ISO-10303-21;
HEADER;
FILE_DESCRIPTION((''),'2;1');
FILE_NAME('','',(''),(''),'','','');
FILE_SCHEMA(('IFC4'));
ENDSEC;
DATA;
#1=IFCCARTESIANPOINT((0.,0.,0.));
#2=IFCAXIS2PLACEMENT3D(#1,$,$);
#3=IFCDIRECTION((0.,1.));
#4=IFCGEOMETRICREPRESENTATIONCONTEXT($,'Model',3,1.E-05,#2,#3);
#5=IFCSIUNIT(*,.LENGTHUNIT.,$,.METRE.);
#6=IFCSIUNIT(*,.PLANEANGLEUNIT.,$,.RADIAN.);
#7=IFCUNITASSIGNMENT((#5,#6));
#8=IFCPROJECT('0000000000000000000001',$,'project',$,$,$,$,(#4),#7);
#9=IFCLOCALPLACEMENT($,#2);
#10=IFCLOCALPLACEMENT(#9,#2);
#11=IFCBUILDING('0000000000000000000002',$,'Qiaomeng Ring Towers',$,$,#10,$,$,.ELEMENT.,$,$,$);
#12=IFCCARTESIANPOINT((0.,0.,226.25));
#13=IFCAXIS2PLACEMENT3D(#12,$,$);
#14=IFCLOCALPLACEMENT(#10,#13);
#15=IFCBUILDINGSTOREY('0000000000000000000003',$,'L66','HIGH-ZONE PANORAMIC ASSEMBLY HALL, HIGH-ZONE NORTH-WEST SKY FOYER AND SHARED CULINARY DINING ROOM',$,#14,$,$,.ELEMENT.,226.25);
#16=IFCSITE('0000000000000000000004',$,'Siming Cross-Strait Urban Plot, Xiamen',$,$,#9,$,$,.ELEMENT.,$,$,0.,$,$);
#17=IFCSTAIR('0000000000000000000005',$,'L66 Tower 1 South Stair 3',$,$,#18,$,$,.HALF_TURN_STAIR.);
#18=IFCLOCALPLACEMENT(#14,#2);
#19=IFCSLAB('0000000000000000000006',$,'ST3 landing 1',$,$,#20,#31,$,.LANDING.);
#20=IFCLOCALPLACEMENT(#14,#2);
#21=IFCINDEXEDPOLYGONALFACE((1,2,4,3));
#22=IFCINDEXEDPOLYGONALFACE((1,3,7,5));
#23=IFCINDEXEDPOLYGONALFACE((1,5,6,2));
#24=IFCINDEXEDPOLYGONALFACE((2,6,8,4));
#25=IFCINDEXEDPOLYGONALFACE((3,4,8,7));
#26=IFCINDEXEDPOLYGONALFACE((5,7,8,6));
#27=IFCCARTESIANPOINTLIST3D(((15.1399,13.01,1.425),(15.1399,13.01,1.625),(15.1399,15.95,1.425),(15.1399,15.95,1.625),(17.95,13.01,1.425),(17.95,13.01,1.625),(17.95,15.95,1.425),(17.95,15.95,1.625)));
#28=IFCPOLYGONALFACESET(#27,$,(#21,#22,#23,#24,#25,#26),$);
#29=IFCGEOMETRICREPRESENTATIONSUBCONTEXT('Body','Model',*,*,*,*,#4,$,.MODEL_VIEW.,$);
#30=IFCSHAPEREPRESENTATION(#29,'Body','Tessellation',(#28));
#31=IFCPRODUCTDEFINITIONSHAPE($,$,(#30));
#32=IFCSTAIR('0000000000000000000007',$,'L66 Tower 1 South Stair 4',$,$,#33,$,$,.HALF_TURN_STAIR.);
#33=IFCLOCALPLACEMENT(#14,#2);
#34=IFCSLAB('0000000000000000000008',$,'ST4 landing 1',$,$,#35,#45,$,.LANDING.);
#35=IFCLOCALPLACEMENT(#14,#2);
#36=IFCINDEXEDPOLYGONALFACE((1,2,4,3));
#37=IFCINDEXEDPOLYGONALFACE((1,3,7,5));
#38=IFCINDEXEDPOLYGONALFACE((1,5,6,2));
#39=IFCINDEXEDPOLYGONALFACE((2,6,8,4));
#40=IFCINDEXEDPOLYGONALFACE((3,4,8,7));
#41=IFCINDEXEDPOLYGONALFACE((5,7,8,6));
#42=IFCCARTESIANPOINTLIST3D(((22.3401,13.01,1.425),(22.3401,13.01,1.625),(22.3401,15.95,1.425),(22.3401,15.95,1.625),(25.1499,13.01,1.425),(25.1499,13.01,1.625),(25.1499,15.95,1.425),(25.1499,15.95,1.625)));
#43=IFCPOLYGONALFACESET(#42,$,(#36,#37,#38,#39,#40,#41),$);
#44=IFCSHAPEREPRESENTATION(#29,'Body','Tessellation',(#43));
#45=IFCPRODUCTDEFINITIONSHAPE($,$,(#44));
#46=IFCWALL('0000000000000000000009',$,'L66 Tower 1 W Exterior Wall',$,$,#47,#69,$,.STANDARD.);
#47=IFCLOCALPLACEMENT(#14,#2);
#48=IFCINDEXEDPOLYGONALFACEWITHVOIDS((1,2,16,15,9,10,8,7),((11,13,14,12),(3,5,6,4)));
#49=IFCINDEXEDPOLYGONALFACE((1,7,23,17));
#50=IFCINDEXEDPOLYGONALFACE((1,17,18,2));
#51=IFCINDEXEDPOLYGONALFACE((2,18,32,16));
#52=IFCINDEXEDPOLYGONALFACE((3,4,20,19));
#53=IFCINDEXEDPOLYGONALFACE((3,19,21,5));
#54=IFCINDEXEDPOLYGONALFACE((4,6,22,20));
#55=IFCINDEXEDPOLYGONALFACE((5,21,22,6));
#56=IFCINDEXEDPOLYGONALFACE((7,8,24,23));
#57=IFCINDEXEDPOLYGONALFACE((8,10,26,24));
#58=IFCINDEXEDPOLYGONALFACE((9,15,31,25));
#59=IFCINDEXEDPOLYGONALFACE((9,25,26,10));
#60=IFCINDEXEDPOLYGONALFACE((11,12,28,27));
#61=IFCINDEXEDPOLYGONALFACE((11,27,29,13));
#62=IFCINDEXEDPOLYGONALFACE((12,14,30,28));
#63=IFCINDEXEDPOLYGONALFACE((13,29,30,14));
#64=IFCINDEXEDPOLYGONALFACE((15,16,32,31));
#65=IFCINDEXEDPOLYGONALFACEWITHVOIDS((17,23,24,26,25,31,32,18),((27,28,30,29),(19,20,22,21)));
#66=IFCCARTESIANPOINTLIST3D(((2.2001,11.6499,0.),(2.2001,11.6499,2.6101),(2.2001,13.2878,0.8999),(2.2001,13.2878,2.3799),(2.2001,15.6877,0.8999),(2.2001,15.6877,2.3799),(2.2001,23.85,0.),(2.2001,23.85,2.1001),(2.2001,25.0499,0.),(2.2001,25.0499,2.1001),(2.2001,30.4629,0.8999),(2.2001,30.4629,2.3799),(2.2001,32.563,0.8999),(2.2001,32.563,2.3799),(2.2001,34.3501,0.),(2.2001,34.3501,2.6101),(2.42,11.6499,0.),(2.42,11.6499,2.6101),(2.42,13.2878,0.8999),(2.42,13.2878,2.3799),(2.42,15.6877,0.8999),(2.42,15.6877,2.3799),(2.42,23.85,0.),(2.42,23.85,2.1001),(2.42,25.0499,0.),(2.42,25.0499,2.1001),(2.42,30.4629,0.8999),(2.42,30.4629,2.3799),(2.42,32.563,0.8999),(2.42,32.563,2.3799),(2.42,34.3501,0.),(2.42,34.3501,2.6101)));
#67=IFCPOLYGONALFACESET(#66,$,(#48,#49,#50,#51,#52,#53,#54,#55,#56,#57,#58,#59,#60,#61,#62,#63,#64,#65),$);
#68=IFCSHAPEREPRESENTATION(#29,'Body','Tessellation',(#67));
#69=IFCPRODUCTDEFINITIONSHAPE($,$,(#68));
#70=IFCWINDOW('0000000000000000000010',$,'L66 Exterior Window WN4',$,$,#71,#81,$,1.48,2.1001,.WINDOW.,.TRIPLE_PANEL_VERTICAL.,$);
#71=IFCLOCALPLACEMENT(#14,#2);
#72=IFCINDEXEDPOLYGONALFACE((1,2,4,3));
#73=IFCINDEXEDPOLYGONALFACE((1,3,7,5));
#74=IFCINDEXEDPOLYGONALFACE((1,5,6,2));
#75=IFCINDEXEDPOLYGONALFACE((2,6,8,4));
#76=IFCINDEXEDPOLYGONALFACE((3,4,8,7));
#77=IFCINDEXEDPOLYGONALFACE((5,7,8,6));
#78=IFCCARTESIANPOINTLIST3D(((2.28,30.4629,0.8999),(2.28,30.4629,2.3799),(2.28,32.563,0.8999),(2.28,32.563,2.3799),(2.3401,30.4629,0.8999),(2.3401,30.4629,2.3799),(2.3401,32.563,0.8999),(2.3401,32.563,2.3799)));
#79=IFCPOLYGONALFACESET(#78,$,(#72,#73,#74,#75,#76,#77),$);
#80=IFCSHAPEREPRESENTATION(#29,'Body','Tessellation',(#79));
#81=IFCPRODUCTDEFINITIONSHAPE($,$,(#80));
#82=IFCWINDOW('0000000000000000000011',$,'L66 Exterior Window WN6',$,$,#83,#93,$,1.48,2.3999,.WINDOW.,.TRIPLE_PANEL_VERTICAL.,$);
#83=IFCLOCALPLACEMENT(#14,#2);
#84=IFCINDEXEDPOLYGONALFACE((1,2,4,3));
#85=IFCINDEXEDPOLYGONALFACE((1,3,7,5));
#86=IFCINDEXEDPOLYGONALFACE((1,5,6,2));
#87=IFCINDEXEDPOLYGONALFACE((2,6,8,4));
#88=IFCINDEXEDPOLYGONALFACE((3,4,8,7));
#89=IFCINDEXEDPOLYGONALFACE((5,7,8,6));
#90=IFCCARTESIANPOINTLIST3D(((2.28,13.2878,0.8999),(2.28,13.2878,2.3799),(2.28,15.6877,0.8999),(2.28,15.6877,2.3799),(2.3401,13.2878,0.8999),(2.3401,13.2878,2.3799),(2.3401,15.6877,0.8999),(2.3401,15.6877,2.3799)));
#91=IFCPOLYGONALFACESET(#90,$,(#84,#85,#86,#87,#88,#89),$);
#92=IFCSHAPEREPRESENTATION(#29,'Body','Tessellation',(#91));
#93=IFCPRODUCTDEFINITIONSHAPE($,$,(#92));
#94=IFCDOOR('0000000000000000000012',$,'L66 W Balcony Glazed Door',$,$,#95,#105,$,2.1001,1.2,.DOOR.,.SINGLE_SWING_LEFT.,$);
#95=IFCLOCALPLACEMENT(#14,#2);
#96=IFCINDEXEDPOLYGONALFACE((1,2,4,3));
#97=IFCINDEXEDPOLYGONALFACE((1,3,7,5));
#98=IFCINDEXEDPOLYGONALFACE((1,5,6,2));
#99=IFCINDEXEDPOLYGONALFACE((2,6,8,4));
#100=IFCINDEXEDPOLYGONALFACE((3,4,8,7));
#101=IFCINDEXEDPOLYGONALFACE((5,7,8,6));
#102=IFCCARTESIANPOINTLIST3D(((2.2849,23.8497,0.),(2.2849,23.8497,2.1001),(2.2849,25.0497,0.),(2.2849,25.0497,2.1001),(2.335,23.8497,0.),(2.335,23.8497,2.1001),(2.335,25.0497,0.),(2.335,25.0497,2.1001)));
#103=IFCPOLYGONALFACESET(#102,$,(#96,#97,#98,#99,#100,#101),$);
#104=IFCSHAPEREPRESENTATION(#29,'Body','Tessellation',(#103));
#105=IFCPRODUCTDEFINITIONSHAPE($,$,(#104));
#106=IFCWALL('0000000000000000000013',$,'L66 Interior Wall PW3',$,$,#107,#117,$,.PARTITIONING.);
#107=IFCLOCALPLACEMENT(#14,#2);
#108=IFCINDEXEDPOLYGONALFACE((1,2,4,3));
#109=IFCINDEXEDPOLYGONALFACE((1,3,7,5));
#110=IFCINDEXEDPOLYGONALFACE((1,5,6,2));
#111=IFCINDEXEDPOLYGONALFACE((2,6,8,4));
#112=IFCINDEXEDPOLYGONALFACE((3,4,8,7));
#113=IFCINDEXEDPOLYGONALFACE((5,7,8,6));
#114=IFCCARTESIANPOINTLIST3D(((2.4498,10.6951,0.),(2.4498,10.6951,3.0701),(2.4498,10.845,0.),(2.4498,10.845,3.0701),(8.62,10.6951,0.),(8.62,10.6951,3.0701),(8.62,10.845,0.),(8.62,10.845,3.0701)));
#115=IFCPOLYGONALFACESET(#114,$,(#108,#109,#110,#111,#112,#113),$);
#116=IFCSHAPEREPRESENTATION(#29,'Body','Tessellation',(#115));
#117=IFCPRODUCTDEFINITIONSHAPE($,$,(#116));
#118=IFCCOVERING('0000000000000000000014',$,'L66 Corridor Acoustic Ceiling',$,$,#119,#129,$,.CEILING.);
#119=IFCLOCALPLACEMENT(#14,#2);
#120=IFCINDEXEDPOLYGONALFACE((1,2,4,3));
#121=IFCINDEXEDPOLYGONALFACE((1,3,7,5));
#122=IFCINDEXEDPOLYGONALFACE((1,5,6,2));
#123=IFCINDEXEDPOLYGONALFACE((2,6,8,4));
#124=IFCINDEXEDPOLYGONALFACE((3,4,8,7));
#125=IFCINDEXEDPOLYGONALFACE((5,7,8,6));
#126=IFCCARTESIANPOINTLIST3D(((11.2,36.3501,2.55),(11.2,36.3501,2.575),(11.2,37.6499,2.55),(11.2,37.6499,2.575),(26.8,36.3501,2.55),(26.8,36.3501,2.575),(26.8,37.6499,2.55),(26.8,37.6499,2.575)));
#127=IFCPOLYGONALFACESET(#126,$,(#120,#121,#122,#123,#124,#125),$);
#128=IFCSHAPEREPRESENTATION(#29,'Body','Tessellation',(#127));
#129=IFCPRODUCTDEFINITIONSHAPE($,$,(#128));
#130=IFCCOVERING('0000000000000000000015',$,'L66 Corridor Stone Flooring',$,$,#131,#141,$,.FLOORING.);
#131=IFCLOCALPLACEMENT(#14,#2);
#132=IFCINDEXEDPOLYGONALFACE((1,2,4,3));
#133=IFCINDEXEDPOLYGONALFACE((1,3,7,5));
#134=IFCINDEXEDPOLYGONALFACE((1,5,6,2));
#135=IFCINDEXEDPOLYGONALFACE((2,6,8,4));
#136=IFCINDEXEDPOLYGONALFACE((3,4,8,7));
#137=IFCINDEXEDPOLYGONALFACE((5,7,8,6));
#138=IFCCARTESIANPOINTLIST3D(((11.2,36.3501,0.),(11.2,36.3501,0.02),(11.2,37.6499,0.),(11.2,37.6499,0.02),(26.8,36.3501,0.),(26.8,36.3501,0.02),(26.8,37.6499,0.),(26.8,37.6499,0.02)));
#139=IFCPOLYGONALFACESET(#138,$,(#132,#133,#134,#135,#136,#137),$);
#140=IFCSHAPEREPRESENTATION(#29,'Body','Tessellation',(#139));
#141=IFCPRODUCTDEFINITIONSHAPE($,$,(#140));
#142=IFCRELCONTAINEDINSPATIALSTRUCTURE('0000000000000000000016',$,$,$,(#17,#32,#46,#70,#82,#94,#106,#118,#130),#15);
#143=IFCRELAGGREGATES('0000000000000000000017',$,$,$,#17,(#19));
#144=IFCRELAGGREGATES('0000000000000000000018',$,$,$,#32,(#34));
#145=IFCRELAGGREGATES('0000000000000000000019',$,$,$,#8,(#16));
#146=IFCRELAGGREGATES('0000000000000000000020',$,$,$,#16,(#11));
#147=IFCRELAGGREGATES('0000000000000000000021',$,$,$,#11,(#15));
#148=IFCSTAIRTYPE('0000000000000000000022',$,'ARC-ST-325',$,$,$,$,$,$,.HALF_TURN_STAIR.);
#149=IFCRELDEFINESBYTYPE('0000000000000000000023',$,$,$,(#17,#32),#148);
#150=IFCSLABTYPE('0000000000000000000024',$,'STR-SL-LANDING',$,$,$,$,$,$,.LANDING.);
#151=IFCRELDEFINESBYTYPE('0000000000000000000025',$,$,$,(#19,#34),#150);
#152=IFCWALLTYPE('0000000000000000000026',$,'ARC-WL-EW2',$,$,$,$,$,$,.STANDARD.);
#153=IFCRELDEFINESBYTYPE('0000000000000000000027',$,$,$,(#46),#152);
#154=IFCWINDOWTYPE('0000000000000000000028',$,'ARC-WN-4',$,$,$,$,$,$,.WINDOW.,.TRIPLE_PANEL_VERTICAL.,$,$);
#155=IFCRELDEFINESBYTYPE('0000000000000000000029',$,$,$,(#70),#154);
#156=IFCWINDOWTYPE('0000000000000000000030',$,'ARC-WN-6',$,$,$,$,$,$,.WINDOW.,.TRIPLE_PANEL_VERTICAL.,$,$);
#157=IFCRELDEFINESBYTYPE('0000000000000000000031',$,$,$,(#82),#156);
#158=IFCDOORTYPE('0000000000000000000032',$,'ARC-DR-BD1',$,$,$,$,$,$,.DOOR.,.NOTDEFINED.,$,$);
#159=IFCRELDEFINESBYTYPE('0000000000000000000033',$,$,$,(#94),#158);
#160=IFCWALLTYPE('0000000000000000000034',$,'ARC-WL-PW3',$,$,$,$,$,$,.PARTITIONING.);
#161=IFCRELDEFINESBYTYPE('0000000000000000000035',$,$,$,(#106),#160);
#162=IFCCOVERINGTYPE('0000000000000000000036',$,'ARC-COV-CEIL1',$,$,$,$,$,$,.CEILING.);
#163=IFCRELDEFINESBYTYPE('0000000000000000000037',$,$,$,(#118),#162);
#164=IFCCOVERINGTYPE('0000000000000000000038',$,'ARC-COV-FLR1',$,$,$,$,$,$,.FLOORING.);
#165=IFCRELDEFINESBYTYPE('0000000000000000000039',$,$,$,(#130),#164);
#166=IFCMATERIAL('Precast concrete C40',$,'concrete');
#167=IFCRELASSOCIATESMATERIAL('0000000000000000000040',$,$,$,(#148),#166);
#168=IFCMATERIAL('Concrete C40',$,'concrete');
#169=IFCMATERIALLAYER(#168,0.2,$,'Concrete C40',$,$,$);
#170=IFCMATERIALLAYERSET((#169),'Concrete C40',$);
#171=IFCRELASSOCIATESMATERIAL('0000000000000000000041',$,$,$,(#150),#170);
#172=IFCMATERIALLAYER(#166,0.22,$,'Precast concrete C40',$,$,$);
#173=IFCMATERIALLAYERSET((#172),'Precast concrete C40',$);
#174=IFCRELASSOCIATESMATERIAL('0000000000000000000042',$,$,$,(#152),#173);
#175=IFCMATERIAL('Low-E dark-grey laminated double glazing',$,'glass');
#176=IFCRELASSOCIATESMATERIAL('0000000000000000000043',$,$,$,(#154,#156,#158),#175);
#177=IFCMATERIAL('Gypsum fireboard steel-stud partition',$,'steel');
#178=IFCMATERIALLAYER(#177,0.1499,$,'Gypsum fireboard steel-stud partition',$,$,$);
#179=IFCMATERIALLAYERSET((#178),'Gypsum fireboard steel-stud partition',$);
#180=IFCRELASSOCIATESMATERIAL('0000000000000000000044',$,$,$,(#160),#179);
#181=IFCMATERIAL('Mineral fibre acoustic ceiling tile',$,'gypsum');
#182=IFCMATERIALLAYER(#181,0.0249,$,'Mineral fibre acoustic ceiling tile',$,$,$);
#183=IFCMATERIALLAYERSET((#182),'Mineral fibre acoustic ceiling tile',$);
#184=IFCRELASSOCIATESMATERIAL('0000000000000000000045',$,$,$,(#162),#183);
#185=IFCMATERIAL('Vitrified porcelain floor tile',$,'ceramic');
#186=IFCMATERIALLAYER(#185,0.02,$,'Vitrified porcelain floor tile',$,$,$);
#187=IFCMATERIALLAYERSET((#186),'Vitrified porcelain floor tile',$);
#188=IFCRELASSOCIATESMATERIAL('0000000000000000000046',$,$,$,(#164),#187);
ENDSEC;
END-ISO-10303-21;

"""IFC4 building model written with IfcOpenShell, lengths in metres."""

from ifc_helpers import new_model, si_unit, direction, frame, frame_2d, origin, place, context, subcontext, project, spatial, polyline, rectangle, outline, extrude, source, transform, mapped, material, layer, layer_set, type_object, element, fill, aggregate, save


model = new_model("IFC4")

# Units and contexts
model_context = context("Model", 3, precision=1e-05, world=origin(), true_north=direction((0.0, 1.0)))
body_context = subcontext(model_context, "Body", "Model", "MODEL_VIEW")
ifc_project = project(units=[si_unit("LENGTHUNIT", "METRE"), si_unit("PLANEANGLEUNIT", "RADIAN")], contexts=[model_context])

# Site, building, storey
site_placement = place(None, origin())
site = spatial("IfcSite", under=ifc_project, at=site_placement, Name="Siming Cross-Strait Urban Plot, Xiamen", CompositionType="ELEMENT", RefElevation=0.0)
building_placement = place(site_placement, origin())
building = spatial("IfcBuilding", under=site, at=building_placement, Name="Qiaomeng Ring Towers", CompositionType="ELEMENT")
storey_placement = place(building_placement, frame((0.0, 0.0, 226.25)))
storey = spatial("IfcBuildingStorey", under=building, at=storey_placement, Name="L66", Description="HIGH-ZONE PANORAMIC ASSEMBLY HALL, HIGH-ZONE NORTH-WEST SKY FOYER AND SHARED CULINARY DINING ROOM", CompositionType="ELEMENT", Elevation=226.25)

# Shared definitions
ifc_material_1 = material(Name="Concrete C40", Category="concrete")

# Stairs, slabs
ifc_material_2 = material(Name="Precast concrete C40", Category="concrete")
stair_type = type_object("IfcStairType", Name="ARC-ST-325", PredefinedType="HALF_TURN_STAIR", material=ifc_material_2)
ifc_layer_1 = layer(ifc_material_1, 0.2, Name="Concrete C40")
ifc_layer_set_1 = layer_set([ifc_layer_1], Name="Concrete C40")
slab_type_1 = type_object("IfcSlabType", Name="STR-SL-LANDING", PredefinedType="LANDING", material=ifc_layer_set_1)
stair_1_placement = place(storey_placement, origin())
stair_1 = element("IfcStair", 1, at=stair_1_placement, inside=storey, type_object=stair_type, Name="L66 Tower 1 South Stair 3", PredefinedType="HALF_TURN_STAIR")
slab_1_placement = place(storey_placement, frame((0.0, 0.0, 1.425)))
slab_1 = element("IfcSlab", 2, at=slab_1_placement, type_object=slab_type_1, Name="ST3 landing 1", PredefinedType="LANDING", context=body_context, shape_type="SweptSolid", body=[
    extrude(outline(polyline([(15.1399, 13.01), (17.95, 13.01), (17.95, 15.95), (15.1399, 15.95), (15.1399, 13.01)])), origin(), (0.0, 0.0, 1.0), 0.2),
])
aggregate(stair_1, [slab_1])
stair_2_placement = place(storey_placement, origin())
stair_2 = element("IfcStair", 3, at=stair_2_placement, inside=storey, type_object=stair_type, Name="L66 Tower 1 South Stair 4", PredefinedType="HALF_TURN_STAIR")
slab_2_placement = place(storey_placement, frame((0.0, 0.0, 1.425)))
slab_2 = element("IfcSlab", 4, at=slab_2_placement, type_object=slab_type_1, Name="ST4 landing 1", PredefinedType="LANDING", context=body_context, shape_type="SweptSolid", body=[
    extrude(outline(polyline([(22.3401, 13.01), (25.1499, 13.01), (25.1499, 15.95), (22.3401, 15.95), (22.3401, 13.01)])), origin(), (0.0, 0.0, 1.0), 0.2),
])
aggregate(stair_2, [slab_2])

# Wall, openings, windows, door
ifc_layer_2 = layer(ifc_material_2, 0.22, Name="Precast concrete C40")
ifc_layer_set_2 = layer_set([ifc_layer_2], Name="Precast concrete C40")
wall_type_1 = type_object("IfcWallType", Name="ARC-WL-EW2", PredefinedType="STANDARD", material=ifc_layer_set_2)
wall_1_placement = place(storey_placement, frame((2.3101, 11.6499, 0.0), z_axis=(0.0, 0.0, 1.0), x_axis=(0.0, 1.0, 0.0)))
wall_1 = element("IfcWall", 5, at=wall_1_placement, inside=storey, type_object=wall_type_1, Name="L66 Tower 1 W Exterior Wall", PredefinedType="STANDARD", context=body_context, shape_type="SweptSolid", body=[
    extrude(rectangle(XDim=22.7002, YDim=0.22, at=frame_2d((11.3501, 0.0))), origin(), (0.0, 0.0, 1.0), 2.6101),
])
opening_1_placement = place(wall_1_placement, frame((12.2, 0.0, 0.0)))
opening_1 = element("IfcOpeningElement", 6, at=opening_1_placement, cuts=wall_1, PredefinedType="OPENING", context=body_context, shape_type="SweptSolid", body=[
    extrude(rectangle(XDim=1.2, YDim=2.1001, at=frame_2d((0.6001, 1.05))), frame((0.0, 0.1199, 0.0), z_axis=(0.0, -1.0, 0.0), x_axis=(1.0, 0.0, 0.0)), (0.0, 0.0, 1.0), 0.24),
])
opening_2_placement = place(wall_1_placement, frame((1.6379, 0.0, 0.8999)))
opening_2 = element("IfcOpeningElement", 7, at=opening_2_placement, cuts=wall_1, PredefinedType="OPENING", context=body_context, shape_type="SweptSolid", body=[
    extrude(rectangle(XDim=2.3999, YDim=1.48, at=frame_2d((1.2, 0.74))), frame((0.0, 0.1199, 0.0), z_axis=(0.0, -1.0, 0.0), x_axis=(1.0, 0.0, 0.0)), (0.0, 0.0, 1.0), 0.24),
])
opening_3_placement = place(wall_1_placement, frame((18.813, 0.0, 0.8999)))
opening_3 = element("IfcOpeningElement", 8, at=opening_3_placement, cuts=wall_1, PredefinedType="OPENING", context=body_context, shape_type="SweptSolid", body=[
    extrude(rectangle(XDim=2.1001, YDim=1.48, at=frame_2d((1.05, 0.74))), frame((0.0, 0.1199, 0.0), z_axis=(0.0, -1.0, 0.0), x_axis=(1.0, 0.0, 0.0)), (0.0, 0.0, 1.0), 0.24),
])
ifc_material_3 = material(Name="Low-E dark-grey laminated double glazing", Category="glass")
window_type_1 = type_object("IfcWindowType", Name="ARC-WN-4", PartitioningType="TRIPLE_PANEL_VERTICAL", PredefinedType="WINDOW", material=ifc_material_3)
shared_shape_1 = source(origin(), body_context, "Body", "SweptSolid", [
    extrude(rectangle(XDim=2.1001, YDim=1.48, at=frame_2d((1.05, 0.74))), frame((0.0, 0.03, 0.0), z_axis=(0.0, -1.0, 0.0), x_axis=(1.0, 0.0, 0.0)), (0.0, 0.0, 1.0), 0.0601),
])
window_1_placement = place(opening_3_placement, origin())
window_1 = element("IfcWindow", 9, at=window_1_placement, inside=storey, type_object=window_type_1, Name="L66 Exterior Window WN4", OverallHeight=1.48, OverallWidth=2.1001, PartitioningType="TRIPLE_PANEL_VERTICAL", PredefinedType="WINDOW", context=body_context, shape_type="MappedRepresentation", body=[
    mapped(shared_shape_1, transform((0.0, 0.0, 0.0), x_axis=(1.0, 0.0, 0.0), y_axis=(0.0, 1.0, 0.0), z_axis=(0.0, 0.0, 1.0), scale=1.0)),
])
fill(opening_3, window_1)
window_type_2 = type_object("IfcWindowType", Name="ARC-WN-6", PartitioningType="TRIPLE_PANEL_VERTICAL", PredefinedType="WINDOW", material=ifc_material_3)
shared_shape_2 = source(origin(), body_context, "Body", "SweptSolid", [
    extrude(rectangle(XDim=2.3999, YDim=1.48, at=frame_2d((1.2, 0.74))), frame((0.0, 0.03, 0.0), z_axis=(0.0, -1.0, 0.0), x_axis=(1.0, 0.0, 0.0)), (0.0, 0.0, 1.0), 0.0601),
])
window_2_placement = place(opening_2_placement, origin())
window_2 = element("IfcWindow", 10, at=window_2_placement, inside=storey, type_object=window_type_2, Name="L66 Exterior Window WN6", OverallHeight=1.48, OverallWidth=2.3999, PartitioningType="TRIPLE_PANEL_VERTICAL", PredefinedType="WINDOW", context=body_context, shape_type="MappedRepresentation", body=[
    mapped(shared_shape_2, transform((0.0, 0.0, 0.0), x_axis=(1.0, 0.0, 0.0), y_axis=(0.0, 1.0, 0.0), z_axis=(0.0, 0.0, 1.0), scale=1.0)),
])
fill(opening_2, window_2)
door_type = type_object("IfcDoorType", Name="ARC-DR-BD1", OperationType="NOTDEFINED", PredefinedType="DOOR", material=ifc_material_3)
shared_shape_3 = source(origin(), body_context, "Body", "SweptSolid", [
    extrude(rectangle(XDim=1.2, YDim=2.1001, at=frame_2d((0.6001, 1.05))), frame((0.0, 0.0249, 0.0), z_axis=(0.0, -1.0, 0.0), x_axis=(1.0, 0.0, 0.0)), (0.0, 0.0, 1.0), 0.05),
])
door_placement = place(opening_1_placement, frame((1.2, 0.0, 0.0), z_axis=(0.0, 0.0, 1.0), x_axis=(-1.0, 0.0, 0.0)))
door = element("IfcDoor", 11, at=door_placement, inside=storey, type_object=door_type, Name="L66 W Balcony Glazed Door", OperationType="SINGLE_SWING_LEFT", OverallHeight=2.1001, OverallWidth=1.2, PredefinedType="DOOR", context=body_context, shape_type="MappedRepresentation", body=[
    mapped(shared_shape_3, transform((0.0, 0.0, 0.0), x_axis=(1.0, 0.0, 0.0), y_axis=(0.0, 1.0, 0.0), z_axis=(0.0, 0.0, 1.0), scale=1.0)),
])
fill(opening_1, door)

# Wall
ifc_material_4 = material(Name="Gypsum fireboard steel-stud partition", Category="steel")
ifc_layer_3 = layer(ifc_material_4, 0.1499, Name="Gypsum fireboard steel-stud partition")
ifc_layer_set_3 = layer_set([ifc_layer_3], Name="Gypsum fireboard steel-stud partition")
wall_type_2 = type_object("IfcWallType", Name="ARC-WL-PW3", PredefinedType="PARTITIONING", material=ifc_layer_set_3)
wall_2_placement = place(storey_placement, frame((2.45, 10.77, 0.0), z_axis=(0.0, 0.0, 1.0), x_axis=(1.0, 0.0, 0.0)))
element("IfcWall", 12, at=wall_2_placement, inside=storey, type_object=wall_type_2, Name="L66 Interior Wall PW3", PredefinedType="PARTITIONING", context=body_context, shape_type="SweptSolid", body=[
    extrude(rectangle(XDim=6.1702, YDim=0.1499, at=frame_2d((3.085, 0.0))), origin(), (0.0, 0.0, 1.0), 3.0701),
])

# Coverings
ifc_material_5 = material(Name="Mineral fibre acoustic ceiling tile", Category="gypsum")
ifc_layer_4 = layer(ifc_material_5, 0.0249, Name="Mineral fibre acoustic ceiling tile")
ifc_layer_set_4 = layer_set([ifc_layer_4], Name="Mineral fibre acoustic ceiling tile")
covering_type_1 = type_object("IfcCoveringType", Name="ARC-COV-CEIL1", PredefinedType="CEILING", material=ifc_layer_set_4)
covering_1_placement = place(storey_placement, frame((0.0, 0.0, 2.55)))
element("IfcCovering", 13, at=covering_1_placement, inside=storey, type_object=covering_type_1, Name="L66 Corridor Acoustic Ceiling", PredefinedType="CEILING", context=body_context, shape_type="SweptSolid", body=[
    extrude(outline(polyline([(11.2, 36.3501), (11.2, 37.6499), (26.8, 37.6499), (26.8, 36.3501), (11.2, 36.3501)])), origin(), (0.0, 0.0, 1.0), 0.0249),
])
ifc_material_6 = material(Name="Vitrified porcelain floor tile", Category="ceramic")
ifc_layer_5 = layer(ifc_material_6, 0.02, Name="Vitrified porcelain floor tile")
ifc_layer_set_5 = layer_set([ifc_layer_5], Name="Vitrified porcelain floor tile")
covering_type_2 = type_object("IfcCoveringType", Name="ARC-COV-FLR1", PredefinedType="FLOORING", material=ifc_layer_set_5)
covering_2_placement = place(storey_placement, origin())
element("IfcCovering", 14, at=covering_2_placement, inside=storey, type_object=covering_type_2, Name="L66 Corridor Stone Flooring", PredefinedType="FLOORING", context=body_context, shape_type="SweptSolid", body=[
    extrude(outline(polyline([(11.2, 36.3501), (11.2, 37.6499), (26.8, 37.6499), (26.8, 36.3501), (11.2, 36.3501)])), origin(), (0.0, 0.0, 1.0), 0.02),
])

save(model, "model.ifc")
